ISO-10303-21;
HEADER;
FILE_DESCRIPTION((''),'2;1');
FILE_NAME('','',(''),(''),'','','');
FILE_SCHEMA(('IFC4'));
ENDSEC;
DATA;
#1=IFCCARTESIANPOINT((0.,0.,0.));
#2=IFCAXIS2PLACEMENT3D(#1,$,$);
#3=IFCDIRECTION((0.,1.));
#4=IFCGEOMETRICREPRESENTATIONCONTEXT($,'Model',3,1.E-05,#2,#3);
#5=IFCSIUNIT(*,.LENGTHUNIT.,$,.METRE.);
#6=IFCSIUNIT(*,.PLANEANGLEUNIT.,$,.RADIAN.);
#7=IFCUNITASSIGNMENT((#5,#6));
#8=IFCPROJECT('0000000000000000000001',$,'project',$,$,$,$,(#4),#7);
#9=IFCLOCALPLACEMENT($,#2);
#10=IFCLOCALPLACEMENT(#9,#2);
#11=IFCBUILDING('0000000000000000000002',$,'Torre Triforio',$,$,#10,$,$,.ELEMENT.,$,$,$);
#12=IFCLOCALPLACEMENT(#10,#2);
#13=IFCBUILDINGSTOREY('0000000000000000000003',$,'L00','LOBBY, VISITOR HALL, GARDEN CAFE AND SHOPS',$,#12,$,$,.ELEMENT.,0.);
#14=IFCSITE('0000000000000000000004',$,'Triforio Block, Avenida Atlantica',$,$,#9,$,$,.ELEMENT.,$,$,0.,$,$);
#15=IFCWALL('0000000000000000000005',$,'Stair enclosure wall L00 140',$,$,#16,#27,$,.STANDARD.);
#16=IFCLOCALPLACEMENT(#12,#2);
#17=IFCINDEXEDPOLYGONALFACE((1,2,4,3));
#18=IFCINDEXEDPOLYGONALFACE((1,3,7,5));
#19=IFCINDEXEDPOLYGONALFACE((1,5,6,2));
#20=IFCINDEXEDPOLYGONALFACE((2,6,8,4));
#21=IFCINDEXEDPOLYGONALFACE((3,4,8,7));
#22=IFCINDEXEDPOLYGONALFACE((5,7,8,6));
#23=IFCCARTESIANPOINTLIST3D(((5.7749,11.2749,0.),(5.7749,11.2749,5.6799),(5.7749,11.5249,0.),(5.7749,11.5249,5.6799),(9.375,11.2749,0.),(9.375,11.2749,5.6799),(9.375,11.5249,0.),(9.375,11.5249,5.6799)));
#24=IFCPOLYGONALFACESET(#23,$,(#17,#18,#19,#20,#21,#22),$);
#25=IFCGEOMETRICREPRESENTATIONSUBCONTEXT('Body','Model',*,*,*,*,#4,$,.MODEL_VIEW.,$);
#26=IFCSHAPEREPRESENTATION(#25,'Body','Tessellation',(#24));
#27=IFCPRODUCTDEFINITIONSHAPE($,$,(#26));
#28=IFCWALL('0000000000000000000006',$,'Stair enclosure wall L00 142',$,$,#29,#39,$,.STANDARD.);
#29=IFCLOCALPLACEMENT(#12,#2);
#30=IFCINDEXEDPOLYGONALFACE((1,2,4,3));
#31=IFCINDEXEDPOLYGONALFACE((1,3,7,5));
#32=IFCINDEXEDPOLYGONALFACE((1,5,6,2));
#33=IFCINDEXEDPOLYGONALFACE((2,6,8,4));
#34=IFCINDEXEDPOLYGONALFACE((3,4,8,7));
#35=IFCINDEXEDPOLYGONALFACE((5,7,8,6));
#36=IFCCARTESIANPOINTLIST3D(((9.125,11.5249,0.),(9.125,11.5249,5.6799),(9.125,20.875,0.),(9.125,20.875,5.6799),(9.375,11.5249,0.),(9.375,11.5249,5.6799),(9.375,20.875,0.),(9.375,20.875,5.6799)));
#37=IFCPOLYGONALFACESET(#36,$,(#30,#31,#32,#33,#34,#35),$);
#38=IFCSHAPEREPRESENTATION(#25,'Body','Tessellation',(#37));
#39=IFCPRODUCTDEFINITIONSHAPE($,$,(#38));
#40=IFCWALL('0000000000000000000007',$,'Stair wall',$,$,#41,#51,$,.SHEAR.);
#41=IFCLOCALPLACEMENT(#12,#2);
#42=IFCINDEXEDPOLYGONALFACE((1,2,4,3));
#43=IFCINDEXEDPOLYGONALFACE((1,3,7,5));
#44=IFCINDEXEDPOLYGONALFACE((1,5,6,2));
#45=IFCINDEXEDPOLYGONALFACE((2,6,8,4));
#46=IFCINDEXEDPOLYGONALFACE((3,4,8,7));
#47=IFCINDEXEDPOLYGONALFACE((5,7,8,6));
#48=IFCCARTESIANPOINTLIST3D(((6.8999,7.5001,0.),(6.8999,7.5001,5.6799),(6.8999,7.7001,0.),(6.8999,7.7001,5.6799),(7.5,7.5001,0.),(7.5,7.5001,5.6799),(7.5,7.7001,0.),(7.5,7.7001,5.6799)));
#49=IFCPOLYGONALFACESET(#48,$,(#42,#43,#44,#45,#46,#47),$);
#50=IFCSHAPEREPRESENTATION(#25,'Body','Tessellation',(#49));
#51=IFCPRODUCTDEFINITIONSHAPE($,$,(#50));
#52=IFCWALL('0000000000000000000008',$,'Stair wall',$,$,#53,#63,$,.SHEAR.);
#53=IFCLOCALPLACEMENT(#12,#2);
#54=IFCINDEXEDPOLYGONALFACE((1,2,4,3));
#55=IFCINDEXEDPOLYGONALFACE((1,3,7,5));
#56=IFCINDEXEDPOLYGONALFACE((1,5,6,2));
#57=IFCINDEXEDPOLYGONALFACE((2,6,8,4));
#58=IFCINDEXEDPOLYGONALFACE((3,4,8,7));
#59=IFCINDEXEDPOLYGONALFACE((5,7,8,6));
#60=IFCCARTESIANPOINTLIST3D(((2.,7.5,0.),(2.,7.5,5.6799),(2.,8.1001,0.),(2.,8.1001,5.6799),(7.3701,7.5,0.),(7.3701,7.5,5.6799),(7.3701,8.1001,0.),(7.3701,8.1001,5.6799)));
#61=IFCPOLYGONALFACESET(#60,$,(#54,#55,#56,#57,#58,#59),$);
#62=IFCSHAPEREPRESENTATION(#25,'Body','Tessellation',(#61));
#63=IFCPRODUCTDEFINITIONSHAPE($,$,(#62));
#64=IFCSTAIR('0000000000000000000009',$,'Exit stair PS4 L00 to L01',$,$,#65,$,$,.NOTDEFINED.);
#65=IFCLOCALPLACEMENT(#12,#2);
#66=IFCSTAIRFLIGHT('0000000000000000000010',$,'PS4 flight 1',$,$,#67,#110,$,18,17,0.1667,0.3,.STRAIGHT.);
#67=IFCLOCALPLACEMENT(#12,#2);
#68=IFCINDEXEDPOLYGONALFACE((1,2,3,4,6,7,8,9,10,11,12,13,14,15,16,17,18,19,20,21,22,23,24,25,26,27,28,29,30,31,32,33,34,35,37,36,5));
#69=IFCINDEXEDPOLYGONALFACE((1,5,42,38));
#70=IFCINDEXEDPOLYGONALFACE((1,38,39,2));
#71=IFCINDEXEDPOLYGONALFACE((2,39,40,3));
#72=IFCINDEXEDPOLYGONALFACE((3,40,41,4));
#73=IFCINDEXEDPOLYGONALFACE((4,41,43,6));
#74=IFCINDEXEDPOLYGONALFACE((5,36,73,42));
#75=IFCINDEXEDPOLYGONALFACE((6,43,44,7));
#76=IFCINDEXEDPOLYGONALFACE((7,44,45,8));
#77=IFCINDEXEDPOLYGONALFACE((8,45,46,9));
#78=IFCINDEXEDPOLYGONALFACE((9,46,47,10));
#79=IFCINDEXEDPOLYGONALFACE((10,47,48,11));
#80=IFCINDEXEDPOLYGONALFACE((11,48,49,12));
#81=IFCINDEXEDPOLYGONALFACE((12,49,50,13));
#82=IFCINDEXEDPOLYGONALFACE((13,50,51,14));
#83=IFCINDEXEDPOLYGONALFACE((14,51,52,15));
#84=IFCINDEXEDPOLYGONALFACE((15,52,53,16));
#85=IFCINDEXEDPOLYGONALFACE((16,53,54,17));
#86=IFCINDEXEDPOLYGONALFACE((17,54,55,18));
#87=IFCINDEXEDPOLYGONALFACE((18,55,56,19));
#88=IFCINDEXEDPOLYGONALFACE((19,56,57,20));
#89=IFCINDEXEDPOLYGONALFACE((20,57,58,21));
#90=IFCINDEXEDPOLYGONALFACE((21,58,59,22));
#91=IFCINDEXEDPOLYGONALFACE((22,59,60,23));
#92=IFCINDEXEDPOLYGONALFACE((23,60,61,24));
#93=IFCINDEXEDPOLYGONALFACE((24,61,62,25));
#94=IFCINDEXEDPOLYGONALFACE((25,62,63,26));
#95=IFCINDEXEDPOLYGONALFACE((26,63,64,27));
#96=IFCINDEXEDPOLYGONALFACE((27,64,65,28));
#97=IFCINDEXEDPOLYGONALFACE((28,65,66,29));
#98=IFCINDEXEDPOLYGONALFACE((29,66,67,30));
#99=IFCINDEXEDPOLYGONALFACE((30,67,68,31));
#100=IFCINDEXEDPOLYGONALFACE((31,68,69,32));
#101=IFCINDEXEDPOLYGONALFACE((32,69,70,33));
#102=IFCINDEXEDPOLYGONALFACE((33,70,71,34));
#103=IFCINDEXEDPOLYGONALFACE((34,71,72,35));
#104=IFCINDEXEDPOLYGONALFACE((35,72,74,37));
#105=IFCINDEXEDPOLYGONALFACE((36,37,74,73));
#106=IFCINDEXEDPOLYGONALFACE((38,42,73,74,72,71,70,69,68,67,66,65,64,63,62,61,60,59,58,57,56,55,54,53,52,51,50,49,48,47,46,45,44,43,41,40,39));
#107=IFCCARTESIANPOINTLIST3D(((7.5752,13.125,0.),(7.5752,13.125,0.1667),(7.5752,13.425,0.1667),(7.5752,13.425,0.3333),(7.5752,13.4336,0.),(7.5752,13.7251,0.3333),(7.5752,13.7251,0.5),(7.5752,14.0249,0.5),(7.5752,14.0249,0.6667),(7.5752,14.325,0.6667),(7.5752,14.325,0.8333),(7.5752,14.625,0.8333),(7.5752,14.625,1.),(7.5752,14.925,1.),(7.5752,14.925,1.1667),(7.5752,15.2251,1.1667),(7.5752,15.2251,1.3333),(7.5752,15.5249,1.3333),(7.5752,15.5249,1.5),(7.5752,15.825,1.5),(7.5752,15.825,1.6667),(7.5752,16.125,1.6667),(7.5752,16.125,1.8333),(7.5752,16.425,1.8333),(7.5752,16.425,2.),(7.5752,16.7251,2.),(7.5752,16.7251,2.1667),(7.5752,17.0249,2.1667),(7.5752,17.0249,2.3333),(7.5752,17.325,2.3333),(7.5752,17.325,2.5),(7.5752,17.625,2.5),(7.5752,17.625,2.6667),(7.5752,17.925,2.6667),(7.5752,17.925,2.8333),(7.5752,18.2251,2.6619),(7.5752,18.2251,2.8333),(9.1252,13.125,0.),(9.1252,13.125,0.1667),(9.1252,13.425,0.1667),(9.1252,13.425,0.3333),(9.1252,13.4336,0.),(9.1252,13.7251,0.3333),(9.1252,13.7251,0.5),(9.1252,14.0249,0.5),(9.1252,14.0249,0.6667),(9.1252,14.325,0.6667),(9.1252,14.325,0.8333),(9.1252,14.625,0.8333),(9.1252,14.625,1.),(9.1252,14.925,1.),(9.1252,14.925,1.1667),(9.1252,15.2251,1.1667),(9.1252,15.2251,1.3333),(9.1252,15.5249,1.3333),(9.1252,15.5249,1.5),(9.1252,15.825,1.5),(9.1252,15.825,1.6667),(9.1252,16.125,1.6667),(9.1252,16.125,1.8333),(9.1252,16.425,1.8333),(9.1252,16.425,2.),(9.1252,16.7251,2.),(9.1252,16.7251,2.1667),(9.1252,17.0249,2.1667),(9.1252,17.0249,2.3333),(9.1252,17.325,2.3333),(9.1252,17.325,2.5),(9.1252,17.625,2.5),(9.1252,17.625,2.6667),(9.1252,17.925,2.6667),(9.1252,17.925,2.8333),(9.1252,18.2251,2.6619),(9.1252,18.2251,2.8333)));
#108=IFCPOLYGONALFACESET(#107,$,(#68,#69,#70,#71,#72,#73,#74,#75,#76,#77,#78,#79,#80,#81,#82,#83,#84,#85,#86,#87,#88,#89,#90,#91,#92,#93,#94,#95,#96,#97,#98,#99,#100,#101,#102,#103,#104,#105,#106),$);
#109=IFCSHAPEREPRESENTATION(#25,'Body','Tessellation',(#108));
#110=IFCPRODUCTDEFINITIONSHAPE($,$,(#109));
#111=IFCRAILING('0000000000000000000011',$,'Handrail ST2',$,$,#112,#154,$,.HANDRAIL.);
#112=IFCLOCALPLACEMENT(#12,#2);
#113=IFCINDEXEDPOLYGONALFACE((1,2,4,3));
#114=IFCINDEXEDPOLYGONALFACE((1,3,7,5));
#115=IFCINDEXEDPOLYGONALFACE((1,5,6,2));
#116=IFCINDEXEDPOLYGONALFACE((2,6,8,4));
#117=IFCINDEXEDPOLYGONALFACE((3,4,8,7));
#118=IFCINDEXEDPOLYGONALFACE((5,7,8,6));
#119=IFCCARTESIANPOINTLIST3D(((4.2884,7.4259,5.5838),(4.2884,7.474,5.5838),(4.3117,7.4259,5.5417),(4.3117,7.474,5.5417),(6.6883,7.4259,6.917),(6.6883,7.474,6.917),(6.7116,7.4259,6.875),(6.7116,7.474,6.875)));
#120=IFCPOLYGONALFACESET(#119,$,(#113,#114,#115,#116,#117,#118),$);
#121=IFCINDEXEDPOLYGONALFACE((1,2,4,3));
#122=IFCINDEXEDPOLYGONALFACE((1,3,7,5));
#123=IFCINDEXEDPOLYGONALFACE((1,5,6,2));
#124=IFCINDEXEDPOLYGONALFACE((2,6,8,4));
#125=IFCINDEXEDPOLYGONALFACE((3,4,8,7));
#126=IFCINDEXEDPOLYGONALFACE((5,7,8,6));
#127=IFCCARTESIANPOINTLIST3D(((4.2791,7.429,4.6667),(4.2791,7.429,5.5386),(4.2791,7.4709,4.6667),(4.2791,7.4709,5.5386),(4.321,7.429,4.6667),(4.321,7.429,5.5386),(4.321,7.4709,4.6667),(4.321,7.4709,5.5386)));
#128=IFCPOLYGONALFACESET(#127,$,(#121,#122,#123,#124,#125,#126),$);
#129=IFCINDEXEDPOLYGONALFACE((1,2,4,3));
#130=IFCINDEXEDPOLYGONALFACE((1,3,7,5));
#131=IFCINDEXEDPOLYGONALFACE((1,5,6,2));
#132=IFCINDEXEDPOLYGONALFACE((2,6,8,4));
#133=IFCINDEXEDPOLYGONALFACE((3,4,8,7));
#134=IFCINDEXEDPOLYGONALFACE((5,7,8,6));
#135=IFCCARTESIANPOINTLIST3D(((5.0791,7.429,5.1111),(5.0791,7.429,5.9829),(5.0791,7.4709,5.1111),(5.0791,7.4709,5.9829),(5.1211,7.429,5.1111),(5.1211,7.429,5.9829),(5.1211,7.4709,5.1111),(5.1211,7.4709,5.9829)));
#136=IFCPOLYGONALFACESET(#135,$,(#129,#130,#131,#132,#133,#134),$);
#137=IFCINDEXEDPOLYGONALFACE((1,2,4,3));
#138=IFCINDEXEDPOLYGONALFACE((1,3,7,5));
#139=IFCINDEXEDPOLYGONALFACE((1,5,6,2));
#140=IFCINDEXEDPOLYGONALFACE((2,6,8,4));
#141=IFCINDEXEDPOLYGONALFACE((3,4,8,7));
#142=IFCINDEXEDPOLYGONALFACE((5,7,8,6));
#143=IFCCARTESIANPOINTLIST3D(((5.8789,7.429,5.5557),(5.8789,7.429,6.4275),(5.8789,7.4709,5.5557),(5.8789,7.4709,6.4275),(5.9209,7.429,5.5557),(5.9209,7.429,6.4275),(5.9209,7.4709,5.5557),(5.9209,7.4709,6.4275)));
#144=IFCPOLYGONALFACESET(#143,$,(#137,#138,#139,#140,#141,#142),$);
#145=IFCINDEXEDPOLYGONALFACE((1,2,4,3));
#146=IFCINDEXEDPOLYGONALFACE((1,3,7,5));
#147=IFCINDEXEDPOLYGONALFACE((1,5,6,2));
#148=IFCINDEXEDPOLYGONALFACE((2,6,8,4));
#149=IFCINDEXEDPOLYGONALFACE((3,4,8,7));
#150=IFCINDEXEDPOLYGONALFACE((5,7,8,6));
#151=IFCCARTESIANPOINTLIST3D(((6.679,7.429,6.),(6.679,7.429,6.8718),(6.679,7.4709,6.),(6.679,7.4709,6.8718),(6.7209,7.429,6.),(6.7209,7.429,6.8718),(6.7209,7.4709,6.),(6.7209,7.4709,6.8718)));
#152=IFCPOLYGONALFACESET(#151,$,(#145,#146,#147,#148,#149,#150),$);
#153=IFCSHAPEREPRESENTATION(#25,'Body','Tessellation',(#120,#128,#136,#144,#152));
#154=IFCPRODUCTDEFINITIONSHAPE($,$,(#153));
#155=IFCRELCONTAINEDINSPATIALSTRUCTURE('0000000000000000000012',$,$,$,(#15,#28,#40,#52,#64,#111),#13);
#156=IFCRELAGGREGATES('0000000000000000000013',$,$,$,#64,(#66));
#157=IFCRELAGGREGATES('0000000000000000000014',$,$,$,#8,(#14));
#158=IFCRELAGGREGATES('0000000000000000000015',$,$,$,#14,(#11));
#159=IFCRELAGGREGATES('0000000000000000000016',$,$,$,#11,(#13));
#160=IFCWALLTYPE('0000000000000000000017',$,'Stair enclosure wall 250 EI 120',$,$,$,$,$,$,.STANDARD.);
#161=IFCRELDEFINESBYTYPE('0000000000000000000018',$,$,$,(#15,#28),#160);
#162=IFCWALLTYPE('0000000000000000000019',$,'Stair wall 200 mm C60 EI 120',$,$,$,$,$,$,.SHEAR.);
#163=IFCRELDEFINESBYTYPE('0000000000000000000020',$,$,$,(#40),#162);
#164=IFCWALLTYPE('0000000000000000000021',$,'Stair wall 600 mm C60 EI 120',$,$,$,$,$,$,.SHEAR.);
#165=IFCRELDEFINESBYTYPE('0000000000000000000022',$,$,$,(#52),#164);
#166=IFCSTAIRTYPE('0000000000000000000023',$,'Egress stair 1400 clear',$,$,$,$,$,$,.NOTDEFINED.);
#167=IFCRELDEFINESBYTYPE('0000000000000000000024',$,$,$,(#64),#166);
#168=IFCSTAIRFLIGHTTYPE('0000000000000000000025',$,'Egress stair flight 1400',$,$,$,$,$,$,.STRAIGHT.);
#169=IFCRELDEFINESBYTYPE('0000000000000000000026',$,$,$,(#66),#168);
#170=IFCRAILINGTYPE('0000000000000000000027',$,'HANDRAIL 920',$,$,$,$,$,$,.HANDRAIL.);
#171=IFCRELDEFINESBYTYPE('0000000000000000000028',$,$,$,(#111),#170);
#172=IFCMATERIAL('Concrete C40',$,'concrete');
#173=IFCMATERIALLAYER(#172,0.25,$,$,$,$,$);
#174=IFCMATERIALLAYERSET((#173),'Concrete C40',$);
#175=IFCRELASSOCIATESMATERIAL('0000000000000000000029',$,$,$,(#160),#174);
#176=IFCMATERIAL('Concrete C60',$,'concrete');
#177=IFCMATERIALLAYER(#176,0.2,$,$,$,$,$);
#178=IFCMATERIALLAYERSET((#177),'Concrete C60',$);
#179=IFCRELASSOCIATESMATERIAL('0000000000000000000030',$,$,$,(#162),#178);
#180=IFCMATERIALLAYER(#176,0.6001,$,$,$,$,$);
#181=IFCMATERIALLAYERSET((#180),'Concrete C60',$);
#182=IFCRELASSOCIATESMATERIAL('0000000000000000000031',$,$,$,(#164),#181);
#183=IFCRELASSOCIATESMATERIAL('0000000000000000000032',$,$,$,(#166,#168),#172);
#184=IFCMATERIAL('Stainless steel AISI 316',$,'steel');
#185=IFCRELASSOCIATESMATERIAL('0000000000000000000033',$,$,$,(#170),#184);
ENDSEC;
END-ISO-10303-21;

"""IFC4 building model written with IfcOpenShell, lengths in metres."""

from ifc_helpers import new_model, si_unit, direction, frame, frame_2d, origin, origin_2d, place, context, subcontext, project, spatial, polyline, rectangle, outline, extrude, material, layer, layer_set, type_object, element, aggregate, save


model = new_model("IFC4")

# Units and contexts
model_context = context("Model", 3, precision=1e-05, world=origin(), true_north=direction((0.0, 1.0)))
body_context = subcontext(model_context, "Body", "Model", "MODEL_VIEW")
ifc_project = project(units=[si_unit("LENGTHUNIT", "METRE"), si_unit("PLANEANGLEUNIT", "RADIAN")], contexts=[model_context])

# Site, building, storey
site_placement = place(None, origin())
site = spatial("IfcSite", under=ifc_project, at=site_placement, Name="Triforio Block, Avenida Atlantica", CompositionType="ELEMENT", RefElevation=0.0)
building_placement = place(site_placement, origin())
building = spatial("IfcBuilding", under=site, at=building_placement, Name="Torre Triforio", CompositionType="ELEMENT")
storey_placement = place(building_placement, origin())
storey = spatial("IfcBuildingStorey", under=building, at=storey_placement, Name="L00", Description="LOBBY, VISITOR HALL, GARDEN CAFE AND SHOPS", CompositionType="ELEMENT", Elevation=0.0)

# Shared definitions
ifc_material_1 = material(Name="Concrete C60", Category="concrete")

# Shared definitions
ifc_material_2 = material(Name="Concrete C40", Category="concrete")
ifc_layer_1 = layer(ifc_material_2, 0.25)
ifc_layer_set_1 = layer_set([ifc_layer_1], Name="Concrete C40")
wall_type_1 = type_object("IfcWallType", Name="Stair enclosure wall 250 EI 120", PredefinedType="STANDARD", material=ifc_layer_set_1)

# Walls
wall_1_placement = place(storey_placement, frame((5.7749, 11.3999, 0.0), z_axis=(0.0, 0.0, 1.0), x_axis=(1.0, 0.0, 0.0)))
element("IfcWall", 1, at=wall_1_placement, inside=storey, type_object=wall_type_1, Name="Stair enclosure wall L00 140", PredefinedType="STANDARD", context=body_context, shape_type="SweptSolid", body=[
    extrude(rectangle(XDim=3.6001, YDim=0.25, at=frame_2d((1.8, 0.0))), origin(), (0.0, 0.0, 1.0), 5.6799),
])
wall_2_placement = place(storey_placement, frame((9.25, 11.5249, 0.0), z_axis=(0.0, 0.0, 1.0), x_axis=(0.0, 1.0, 0.0)))
element("IfcWall", 2, at=wall_2_placement, inside=storey, type_object=wall_type_1, Name="Stair enclosure wall L00 142", PredefinedType="STANDARD", context=body_context, shape_type="SweptSolid", body=[
    extrude(rectangle(XDim=9.3501, YDim=0.25, at=frame_2d((4.675, 0.0))), origin(), (0.0, 0.0, 1.0), 5.6799),
])
ifc_layer_2 = layer(ifc_material_1, 0.2)
ifc_layer_set_2 = layer_set([ifc_layer_2], Name="Concrete C60")
wall_type_2 = type_object("IfcWallType", Name="Stair wall 200 mm C60 EI 120", PredefinedType="SHEAR", material=ifc_layer_set_2)
wall_3_placement = place(storey_placement, frame((6.8999, 7.6001, 0.0), z_axis=(0.0, 0.0, 1.0), x_axis=(1.0, 0.0, 0.0)))
element("IfcWall", 3, at=wall_3_placement, inside=storey, type_object=wall_type_2, Name="Stair wall", PredefinedType="SHEAR", context=body_context, shape_type="SweptSolid", body=[
    extrude(rectangle(XDim=0.6001, YDim=0.2, at=frame_2d((0.3, 0.0))), origin(), (0.0, 0.0, 1.0), 5.6799),
])
ifc_layer_3 = layer(ifc_material_1, 0.6001)
ifc_layer_set_3 = layer_set([ifc_layer_3], Name="Concrete C60")
wall_type_3 = type_object("IfcWallType", Name="Stair wall 600 mm C60 EI 120", PredefinedType="SHEAR", material=ifc_layer_set_3)
wall_4_placement = place(storey_placement, frame((2.0, 7.8, 0.0), z_axis=(0.0, 0.0, 1.0), x_axis=(1.0, 0.0, 0.0)))
element("IfcWall", 4, at=wall_4_placement, inside=storey, type_object=wall_type_3, Name="Stair wall", PredefinedType="SHEAR", context=body_context, shape_type="SweptSolid", body=[
    extrude(rectangle(XDim=5.3701, YDim=0.6001, at=frame_2d((2.6851, 0.0))), origin(), (0.0, 0.0, 1.0), 5.6799),
])

# Stair, stair flight
stair_type = type_object("IfcStairType", Name="Egress stair 1400 clear", PredefinedType="NOTDEFINED", material=ifc_material_2)
stair_placement = place(storey_placement, origin())
stair = element("IfcStair", 5, at=stair_placement, inside=storey, type_object=stair_type, Name="Exit stair PS4 L00 to L01", PredefinedType="NOTDEFINED")
stair_flight_type = type_object("IfcStairFlightType", Name="Egress stair flight 1400", PredefinedType="STRAIGHT", material=ifc_material_2)
stair_flight_placement = place(storey_placement, frame((8.3501, 13.125, 0.0), z_axis=(0.0, 0.0, 1.0), x_axis=(0.0, 1.0, 0.0)))
stair_flight = element("IfcStairFlight", 6, at=stair_flight_placement, type_object=stair_flight_type, Name="PS4 flight 1", NumberOfRisers=18, NumberOfTreads=17, PredefinedType="STRAIGHT", RiserHeight=0.1667, TreadLength=0.3, context=body_context, shape_type="SweptSolid", body=[
    extrude(outline(polyline([(0.0, 0.0), (0.0, 0.1667), (0.3, 0.1667), (0.3, 0.3333), (0.6001, 0.3333), (0.6001, 0.5), (0.8999, 0.5), (0.8999, 0.6667), (1.2, 0.6667), (1.2, 0.8333), (1.5, 0.8333), (1.5, 1.0), (1.8, 1.0), (1.8, 1.1667), (2.1001, 1.1667), (2.1001, 1.3333), (2.3999, 1.3333), (2.3999, 1.5), (2.7, 1.5), (2.7, 1.6667), (3.0, 1.6667), (3.0, 1.8333), (3.3, 1.8333), (3.3, 2.0), (3.6001, 2.0), (3.6001, 2.1667), (3.8999, 2.1667), (3.8999, 2.3333), (4.2, 2.3333), (4.2, 2.5), (4.5, 2.5), (4.5, 2.6667), (4.8, 2.6667), (4.8, 2.8333), (5.1001, 2.8333), (5.1001, 3.0), (5.1001, 2.6619), (0.3086, 0.0), (0.0, 0.0)])), frame((0.0, 0.7749, 0.0), z_axis=(0.0, -1.0, 0.0), x_axis=(1.0, 0.0, 0.0)), (0.0, 0.0, 1.0), 1.55),
])

# Railing
ifc_material_3 = material(Name="Stainless steel AISI 316", Category="steel")
railing_type_1 = type_object("IfcRailingType", Name="HANDRAIL 920", PredefinedType="HANDRAIL", material=ifc_material_3)
railing_1_placement = place(storey_placement, frame((4.3, 7.45, 4.6667)))
element("IfcRailing", 7, at=railing_1_placement, inside=storey, type_object=railing_type_1, Name="Handrail ST2", PredefinedType="HANDRAIL", context=body_context, shape_type="SweptSolid", body=[
    extrude(rectangle(XDim=0.0481, YDim=0.0481, at=origin_2d()), frame((0.0, 0.0, 0.896), z_axis=(0.874161, 0.0, 0.485635), x_axis=(0.0, 1.0, 0.0)), (0.0, 0.0, 1.0), 2.7454),
    extrude(rectangle(XDim=0.042, YDim=0.042, at=origin_2d()), origin(), (0.0, 0.0, 1.0), 0.8718),
    extrude(rectangle(XDim=0.042, YDim=0.042, at=origin_2d()), frame((0.8, 0.0, 0.4443)), (0.0, 0.0, 1.0), 0.8718),
    extrude(rectangle(XDim=0.042, YDim=0.042, at=origin_2d()), frame((1.5999, 0.0, 0.8889)), (0.0, 0.0, 1.0), 0.8718),
    extrude(rectangle(XDim=0.042, YDim=0.042, at=origin_2d()), frame((2.3999, 0.0, 1.3333)), (0.0, 0.0, 1.0), 0.8718),
])
aggregate(stair, [stair_flight])

save(model, "model.ifc")
